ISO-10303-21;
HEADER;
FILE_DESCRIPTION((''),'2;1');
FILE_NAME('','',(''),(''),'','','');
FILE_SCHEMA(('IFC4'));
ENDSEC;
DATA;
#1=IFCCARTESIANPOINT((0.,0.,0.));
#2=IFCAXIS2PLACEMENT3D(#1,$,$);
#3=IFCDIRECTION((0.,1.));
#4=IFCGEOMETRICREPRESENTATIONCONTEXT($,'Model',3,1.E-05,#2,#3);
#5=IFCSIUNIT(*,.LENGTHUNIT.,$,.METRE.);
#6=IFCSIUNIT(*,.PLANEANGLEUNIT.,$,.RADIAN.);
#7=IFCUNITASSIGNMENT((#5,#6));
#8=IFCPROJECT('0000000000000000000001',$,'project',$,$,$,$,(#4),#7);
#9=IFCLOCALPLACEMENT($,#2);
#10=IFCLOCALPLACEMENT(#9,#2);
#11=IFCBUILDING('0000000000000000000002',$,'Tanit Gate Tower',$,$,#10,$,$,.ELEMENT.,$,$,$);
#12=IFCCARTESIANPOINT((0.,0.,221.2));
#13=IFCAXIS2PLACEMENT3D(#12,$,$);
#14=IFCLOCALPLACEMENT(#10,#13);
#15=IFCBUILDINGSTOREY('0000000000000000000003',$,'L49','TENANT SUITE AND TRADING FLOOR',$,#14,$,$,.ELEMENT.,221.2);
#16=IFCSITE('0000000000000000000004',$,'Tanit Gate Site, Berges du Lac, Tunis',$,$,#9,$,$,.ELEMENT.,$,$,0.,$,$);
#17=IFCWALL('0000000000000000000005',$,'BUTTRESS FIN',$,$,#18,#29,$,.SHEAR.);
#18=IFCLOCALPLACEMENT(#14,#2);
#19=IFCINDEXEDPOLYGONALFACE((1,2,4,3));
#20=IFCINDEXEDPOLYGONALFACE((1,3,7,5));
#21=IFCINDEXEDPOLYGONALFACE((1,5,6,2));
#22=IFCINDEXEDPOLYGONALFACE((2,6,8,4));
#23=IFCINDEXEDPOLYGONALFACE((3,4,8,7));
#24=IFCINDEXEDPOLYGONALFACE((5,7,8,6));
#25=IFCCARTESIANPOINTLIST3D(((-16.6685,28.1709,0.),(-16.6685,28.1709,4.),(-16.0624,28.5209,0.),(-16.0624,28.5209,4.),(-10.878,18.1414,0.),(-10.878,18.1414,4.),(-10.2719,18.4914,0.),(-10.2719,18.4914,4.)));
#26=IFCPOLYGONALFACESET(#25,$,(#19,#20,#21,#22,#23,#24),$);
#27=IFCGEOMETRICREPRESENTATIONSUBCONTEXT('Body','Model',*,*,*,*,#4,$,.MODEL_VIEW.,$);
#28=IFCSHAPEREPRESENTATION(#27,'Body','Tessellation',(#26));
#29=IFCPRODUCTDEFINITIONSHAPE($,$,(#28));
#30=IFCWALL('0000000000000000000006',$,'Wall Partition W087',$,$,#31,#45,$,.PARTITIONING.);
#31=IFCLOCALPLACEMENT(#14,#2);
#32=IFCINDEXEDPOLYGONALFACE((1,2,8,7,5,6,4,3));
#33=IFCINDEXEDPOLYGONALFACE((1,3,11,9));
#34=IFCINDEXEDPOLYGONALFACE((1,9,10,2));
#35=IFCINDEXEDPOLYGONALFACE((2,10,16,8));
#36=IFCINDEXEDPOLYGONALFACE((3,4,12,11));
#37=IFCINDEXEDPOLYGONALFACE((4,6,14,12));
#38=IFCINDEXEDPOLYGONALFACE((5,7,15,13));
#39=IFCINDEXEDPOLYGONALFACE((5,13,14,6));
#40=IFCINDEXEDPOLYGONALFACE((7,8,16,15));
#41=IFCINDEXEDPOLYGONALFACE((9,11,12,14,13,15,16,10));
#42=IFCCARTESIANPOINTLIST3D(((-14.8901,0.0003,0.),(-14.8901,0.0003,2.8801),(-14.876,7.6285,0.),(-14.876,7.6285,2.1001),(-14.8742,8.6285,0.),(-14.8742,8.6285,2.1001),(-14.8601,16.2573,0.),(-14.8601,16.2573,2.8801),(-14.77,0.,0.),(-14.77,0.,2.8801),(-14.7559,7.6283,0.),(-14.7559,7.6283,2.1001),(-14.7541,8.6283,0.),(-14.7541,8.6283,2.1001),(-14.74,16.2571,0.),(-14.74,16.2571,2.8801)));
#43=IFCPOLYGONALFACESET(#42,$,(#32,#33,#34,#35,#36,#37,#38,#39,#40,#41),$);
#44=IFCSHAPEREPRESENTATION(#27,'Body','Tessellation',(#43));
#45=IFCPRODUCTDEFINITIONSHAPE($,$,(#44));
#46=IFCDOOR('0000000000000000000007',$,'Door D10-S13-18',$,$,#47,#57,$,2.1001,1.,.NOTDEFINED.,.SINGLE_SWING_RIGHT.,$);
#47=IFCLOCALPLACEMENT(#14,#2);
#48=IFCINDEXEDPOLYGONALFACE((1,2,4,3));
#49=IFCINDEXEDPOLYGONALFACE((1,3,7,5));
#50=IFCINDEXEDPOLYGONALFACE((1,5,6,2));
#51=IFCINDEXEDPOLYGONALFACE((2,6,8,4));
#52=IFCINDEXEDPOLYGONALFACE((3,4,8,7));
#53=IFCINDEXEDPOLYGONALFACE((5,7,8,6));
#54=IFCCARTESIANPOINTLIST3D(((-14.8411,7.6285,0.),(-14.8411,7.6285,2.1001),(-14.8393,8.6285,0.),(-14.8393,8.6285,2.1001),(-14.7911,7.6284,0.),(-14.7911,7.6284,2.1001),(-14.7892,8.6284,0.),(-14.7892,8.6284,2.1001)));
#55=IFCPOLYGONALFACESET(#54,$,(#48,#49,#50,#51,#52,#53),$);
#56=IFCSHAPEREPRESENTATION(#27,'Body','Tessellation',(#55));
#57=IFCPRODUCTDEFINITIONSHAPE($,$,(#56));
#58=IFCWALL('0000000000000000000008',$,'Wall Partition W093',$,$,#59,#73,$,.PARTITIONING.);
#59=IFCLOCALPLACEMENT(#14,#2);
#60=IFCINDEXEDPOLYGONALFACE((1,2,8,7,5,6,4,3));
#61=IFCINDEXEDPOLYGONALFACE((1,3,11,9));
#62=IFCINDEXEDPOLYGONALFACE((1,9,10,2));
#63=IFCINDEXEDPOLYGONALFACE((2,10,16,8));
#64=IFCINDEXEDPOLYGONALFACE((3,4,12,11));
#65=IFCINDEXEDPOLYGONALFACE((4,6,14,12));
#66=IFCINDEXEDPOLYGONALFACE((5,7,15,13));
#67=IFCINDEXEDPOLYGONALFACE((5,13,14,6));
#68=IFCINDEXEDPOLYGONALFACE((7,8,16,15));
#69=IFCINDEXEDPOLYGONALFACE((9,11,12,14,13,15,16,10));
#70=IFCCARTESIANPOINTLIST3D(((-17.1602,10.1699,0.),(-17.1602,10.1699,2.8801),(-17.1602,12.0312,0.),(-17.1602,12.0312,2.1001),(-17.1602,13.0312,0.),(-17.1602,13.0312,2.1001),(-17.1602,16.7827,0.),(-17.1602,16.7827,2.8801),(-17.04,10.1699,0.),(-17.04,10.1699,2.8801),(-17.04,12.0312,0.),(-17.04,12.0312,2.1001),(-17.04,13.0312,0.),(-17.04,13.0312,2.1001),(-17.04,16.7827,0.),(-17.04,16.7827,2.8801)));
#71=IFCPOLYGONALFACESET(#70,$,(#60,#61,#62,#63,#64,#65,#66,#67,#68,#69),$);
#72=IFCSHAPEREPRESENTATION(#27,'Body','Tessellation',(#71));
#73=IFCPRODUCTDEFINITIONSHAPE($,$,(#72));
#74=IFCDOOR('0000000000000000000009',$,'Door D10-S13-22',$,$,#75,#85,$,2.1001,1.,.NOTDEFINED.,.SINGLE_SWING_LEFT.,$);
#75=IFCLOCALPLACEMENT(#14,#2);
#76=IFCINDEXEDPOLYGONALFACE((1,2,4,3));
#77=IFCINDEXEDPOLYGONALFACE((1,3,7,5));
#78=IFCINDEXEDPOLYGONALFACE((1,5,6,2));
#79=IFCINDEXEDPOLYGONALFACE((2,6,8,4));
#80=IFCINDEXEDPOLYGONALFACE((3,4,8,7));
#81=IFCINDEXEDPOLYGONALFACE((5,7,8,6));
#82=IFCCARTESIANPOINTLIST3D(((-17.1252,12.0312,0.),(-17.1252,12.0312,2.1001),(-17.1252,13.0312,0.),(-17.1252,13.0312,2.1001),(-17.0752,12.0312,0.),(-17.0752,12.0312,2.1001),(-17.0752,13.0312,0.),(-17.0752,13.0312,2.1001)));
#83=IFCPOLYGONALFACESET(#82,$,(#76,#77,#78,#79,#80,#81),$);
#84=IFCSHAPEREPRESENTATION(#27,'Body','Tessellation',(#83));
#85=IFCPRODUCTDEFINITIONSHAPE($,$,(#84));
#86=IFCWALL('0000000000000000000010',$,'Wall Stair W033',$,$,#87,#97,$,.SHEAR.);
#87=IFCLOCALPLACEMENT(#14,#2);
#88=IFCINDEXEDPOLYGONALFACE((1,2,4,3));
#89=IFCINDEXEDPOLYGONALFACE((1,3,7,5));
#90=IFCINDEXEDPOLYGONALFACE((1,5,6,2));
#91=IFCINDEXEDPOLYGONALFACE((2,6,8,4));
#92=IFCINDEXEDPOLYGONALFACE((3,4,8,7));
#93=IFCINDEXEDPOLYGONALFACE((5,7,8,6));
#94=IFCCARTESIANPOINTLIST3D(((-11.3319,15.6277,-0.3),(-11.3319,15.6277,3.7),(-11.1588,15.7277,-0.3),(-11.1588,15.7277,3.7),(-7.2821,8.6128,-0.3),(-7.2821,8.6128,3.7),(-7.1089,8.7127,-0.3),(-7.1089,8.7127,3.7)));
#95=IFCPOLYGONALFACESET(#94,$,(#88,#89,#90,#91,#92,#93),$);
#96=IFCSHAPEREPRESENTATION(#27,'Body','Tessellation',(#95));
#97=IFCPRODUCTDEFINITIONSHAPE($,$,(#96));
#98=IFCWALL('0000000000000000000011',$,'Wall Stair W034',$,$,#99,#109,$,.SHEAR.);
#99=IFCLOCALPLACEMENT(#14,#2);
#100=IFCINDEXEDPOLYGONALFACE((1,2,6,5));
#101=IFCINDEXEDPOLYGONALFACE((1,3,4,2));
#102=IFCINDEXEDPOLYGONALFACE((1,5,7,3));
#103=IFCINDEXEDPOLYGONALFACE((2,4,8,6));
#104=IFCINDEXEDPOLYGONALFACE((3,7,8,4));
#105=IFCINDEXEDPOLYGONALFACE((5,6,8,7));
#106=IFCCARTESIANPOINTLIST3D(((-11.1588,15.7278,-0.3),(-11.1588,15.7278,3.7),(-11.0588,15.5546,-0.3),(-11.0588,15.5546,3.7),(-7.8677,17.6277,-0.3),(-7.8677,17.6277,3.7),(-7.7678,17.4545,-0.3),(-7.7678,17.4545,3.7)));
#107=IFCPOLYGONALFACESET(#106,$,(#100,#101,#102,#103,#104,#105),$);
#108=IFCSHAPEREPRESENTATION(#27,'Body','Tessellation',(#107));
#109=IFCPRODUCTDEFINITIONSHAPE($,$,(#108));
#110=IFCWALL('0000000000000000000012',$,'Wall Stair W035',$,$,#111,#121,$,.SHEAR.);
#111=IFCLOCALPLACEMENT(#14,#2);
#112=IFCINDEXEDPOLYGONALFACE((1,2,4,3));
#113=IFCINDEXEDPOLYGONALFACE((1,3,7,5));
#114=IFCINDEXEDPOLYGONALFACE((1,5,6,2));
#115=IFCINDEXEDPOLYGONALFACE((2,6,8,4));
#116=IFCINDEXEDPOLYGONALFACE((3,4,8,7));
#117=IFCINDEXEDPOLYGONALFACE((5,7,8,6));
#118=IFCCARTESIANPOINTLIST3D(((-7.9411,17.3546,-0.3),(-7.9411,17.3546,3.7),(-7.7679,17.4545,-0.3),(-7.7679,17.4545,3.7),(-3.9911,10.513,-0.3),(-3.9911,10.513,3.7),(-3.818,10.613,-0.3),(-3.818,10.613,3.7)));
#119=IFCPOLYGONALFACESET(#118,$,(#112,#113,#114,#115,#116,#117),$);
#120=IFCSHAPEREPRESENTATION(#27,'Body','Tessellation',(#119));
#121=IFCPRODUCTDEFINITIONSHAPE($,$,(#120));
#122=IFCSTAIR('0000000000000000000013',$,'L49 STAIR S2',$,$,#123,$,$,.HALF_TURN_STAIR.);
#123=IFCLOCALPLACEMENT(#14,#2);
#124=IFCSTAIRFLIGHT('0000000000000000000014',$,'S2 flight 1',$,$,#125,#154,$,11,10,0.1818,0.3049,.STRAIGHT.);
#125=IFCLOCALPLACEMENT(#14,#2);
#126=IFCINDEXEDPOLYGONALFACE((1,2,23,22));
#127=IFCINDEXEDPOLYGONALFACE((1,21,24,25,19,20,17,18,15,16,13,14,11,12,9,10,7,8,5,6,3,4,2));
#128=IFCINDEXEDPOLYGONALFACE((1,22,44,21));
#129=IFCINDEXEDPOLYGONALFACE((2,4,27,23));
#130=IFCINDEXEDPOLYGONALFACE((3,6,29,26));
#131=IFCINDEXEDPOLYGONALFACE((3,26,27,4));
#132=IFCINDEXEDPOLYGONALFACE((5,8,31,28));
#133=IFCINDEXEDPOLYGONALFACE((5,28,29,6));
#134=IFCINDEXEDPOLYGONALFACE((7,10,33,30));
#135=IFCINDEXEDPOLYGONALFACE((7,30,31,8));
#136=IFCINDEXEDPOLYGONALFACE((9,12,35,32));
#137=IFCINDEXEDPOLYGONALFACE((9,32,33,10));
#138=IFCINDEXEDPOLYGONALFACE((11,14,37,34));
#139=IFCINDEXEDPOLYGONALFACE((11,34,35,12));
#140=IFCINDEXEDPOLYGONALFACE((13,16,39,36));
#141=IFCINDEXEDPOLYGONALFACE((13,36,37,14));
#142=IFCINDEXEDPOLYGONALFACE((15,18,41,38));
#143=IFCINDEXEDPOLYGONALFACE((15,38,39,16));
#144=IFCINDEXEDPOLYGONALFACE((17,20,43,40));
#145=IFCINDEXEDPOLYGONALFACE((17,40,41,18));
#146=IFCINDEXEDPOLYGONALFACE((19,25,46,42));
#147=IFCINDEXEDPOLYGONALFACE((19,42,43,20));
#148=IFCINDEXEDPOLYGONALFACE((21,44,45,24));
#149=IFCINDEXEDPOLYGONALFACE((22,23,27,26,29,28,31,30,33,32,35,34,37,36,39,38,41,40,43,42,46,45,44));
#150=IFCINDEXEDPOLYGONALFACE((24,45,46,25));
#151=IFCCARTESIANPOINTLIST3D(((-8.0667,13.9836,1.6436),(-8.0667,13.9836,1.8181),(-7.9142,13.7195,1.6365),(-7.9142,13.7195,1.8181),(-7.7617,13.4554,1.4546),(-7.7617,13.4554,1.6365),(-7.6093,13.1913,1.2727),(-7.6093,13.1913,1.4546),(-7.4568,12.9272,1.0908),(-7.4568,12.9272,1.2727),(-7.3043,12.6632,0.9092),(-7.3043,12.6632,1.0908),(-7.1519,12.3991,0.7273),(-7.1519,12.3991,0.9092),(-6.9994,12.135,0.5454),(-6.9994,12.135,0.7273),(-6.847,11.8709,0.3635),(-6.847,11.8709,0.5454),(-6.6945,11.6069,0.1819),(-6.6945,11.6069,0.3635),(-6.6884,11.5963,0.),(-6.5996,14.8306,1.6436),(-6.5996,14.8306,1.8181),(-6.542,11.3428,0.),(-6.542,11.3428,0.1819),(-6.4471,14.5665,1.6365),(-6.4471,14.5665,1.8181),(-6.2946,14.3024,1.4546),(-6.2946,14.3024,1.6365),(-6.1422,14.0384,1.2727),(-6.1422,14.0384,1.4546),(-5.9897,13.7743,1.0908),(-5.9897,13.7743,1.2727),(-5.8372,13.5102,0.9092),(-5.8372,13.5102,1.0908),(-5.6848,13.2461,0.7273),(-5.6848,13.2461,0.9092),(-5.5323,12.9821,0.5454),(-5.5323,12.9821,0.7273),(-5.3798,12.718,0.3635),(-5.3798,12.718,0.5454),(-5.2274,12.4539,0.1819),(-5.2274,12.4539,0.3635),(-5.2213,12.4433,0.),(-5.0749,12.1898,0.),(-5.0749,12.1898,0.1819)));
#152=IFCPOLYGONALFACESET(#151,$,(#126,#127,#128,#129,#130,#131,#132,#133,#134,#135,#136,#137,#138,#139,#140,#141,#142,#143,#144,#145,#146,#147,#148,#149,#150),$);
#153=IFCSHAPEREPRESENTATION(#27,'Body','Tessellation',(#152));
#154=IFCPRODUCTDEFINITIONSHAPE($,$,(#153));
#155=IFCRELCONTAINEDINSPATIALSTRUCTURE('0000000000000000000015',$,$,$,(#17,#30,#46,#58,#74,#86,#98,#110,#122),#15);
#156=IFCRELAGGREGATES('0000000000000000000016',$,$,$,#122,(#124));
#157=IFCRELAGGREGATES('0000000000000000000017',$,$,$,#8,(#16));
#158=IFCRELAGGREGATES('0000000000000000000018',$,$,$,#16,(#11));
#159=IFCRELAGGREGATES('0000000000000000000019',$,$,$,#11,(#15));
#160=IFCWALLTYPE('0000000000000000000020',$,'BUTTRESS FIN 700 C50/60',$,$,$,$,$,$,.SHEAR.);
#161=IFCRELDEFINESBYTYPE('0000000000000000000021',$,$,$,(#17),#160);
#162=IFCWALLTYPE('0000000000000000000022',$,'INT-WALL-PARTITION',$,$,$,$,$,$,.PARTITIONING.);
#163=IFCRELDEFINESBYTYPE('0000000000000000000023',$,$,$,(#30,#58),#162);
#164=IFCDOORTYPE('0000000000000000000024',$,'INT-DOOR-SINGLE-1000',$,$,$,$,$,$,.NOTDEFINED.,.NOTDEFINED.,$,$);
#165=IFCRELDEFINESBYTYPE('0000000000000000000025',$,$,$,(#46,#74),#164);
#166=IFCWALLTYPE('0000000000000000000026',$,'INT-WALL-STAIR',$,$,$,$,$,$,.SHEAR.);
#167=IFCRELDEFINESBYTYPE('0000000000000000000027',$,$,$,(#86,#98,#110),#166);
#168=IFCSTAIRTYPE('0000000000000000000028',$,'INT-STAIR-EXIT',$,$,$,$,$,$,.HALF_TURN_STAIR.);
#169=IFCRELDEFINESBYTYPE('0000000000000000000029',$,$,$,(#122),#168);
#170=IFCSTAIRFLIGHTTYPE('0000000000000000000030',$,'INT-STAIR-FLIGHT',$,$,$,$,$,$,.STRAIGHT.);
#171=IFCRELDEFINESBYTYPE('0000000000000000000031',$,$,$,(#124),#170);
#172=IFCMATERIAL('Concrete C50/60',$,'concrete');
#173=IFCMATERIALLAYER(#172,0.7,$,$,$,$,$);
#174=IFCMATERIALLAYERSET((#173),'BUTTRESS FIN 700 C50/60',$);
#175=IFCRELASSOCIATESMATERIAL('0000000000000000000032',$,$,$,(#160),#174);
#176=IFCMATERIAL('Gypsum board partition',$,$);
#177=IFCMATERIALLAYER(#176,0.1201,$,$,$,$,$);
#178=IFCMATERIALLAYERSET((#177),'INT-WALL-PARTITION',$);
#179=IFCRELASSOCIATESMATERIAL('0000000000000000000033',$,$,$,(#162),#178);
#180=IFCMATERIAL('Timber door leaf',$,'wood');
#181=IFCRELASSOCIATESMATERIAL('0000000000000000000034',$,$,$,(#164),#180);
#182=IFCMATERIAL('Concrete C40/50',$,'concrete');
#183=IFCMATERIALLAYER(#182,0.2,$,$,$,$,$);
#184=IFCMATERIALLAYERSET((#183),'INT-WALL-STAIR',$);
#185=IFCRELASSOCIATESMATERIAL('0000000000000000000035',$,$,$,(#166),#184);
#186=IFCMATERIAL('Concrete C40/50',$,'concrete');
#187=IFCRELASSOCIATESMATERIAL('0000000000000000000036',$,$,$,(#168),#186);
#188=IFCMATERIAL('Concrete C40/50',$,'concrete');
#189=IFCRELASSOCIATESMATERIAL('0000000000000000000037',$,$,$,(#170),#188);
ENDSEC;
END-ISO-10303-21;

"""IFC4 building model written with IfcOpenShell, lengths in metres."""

from ifc_helpers import new_model, si_unit, direction, frame, frame_2d, origin, place, context, subcontext, project, spatial, polyline, rectangle, outline, extrude, material, layer, layer_set, type_object, element, fill, aggregate, save


model = new_model("IFC4")

# Units and contexts
model_context = context("Model", 3, precision=1e-05, world=origin(), true_north=direction((0.0, 1.0)))
body_context = subcontext(model_context, "Body", "Model", "MODEL_VIEW")
ifc_project = project(units=[si_unit("LENGTHUNIT", "METRE"), si_unit("PLANEANGLEUNIT", "RADIAN")], contexts=[model_context])

# Site, building, storey
site_placement = place(None, origin())
site = spatial("IfcSite", under=ifc_project, at=site_placement, Name="Tanit Gate Site, Berges du Lac, Tunis", CompositionType="ELEMENT", RefElevation=0.0)
building_placement = place(site_placement, origin())
building = spatial("IfcBuilding", under=site, at=building_placement, Name="Tanit Gate Tower", CompositionType="ELEMENT")
storey_placement = place(building_placement, frame((0.0, 0.0, 221.2)))
storey = spatial("IfcBuildingStorey", under=building, at=storey_placement, Name="L49", Description="TENANT SUITE AND TRADING FLOOR", CompositionType="ELEMENT", Elevation=221.2)

# Wall
ifc_material_1 = material(Name="Concrete C50/60", Category="concrete")
ifc_layer_1 = layer(ifc_material_1, 0.7)
ifc_layer_set_1 = layer_set([ifc_layer_1], Name="BUTTRESS FIN 700 C50/60")
wall_type_1 = type_object("IfcWallType", Name="BUTTRESS FIN 700 C50/60", PredefinedType="SHEAR", material=ifc_layer_set_1)
wall_1_placement = place(storey_placement, frame((-10.575, 18.3164, 0.0), z_axis=(0.0, 0.0, 1.0), x_axis=(-0.499998, 0.866027, 0.0)))
element("IfcWall", 1, at=wall_1_placement, inside=storey, type_object=wall_type_1, Name="BUTTRESS FIN", PredefinedType="SHEAR", context=body_context, shape_type="SweptSolid", body=[
    extrude(rectangle(XDim=11.5811, YDim=0.7, at=frame_2d((5.7905, 0.0))), origin(), (0.0, 0.0, 1.0), 4.0),
])

# Walls, openings, doors
ifc_material_2 = material(Name="Gypsum board partition")
ifc_layer_2 = layer(ifc_material_2, 0.1201)
ifc_layer_set_2 = layer_set([ifc_layer_2], Name="INT-WALL-PARTITION")
wall_type_2 = type_object("IfcWallType", Name="INT-WALL-PARTITION", PredefinedType="PARTITIONING", material=ifc_layer_set_2)
wall_2_placement = place(storey_placement, frame((-14.8, 16.2571, 0.0), z_axis=(0.0, 0.0, 1.0), x_axis=(-0.001847, -0.999998, 0.0)))
wall_2 = element("IfcWall", 2, at=wall_2_placement, inside=storey, type_object=wall_type_2, Name="Wall Partition W087", PredefinedType="PARTITIONING", context=body_context, shape_type="SweptSolid", body=[
    extrude(rectangle(XDim=16.2571, YDim=0.1201, at=frame_2d((8.1284, 0.0))), origin(), (0.0, 0.0, 1.0), 2.8801),
])
opening_1_placement = place(wall_2_placement, frame((7.6287, 0.0, 0.0)))
opening_1 = element("IfcOpeningElement", 3, at=opening_1_placement, cuts=wall_2, PredefinedType="OPENING", context=body_context, shape_type="SweptSolid", body=[
    extrude(rectangle(XDim=1.0, YDim=2.1001, at=frame_2d((0.5, 1.05))), frame((0.0, 0.0701, 0.0), z_axis=(0.0, -1.0, 0.0), x_axis=(1.0, 0.0, 0.0)), (0.0, 0.0, 1.0), 0.1401),
])
ifc_material_3 = material(Name="Timber door leaf", Category="wood")
door_type_1 = type_object("IfcDoorType", Name="INT-DOOR-SINGLE-1000", OperationType="NOTDEFINED", PredefinedType="NOTDEFINED", material=ifc_material_3)
door_1_placement = place(opening_1_placement, origin())
door_1 = element("IfcDoor", 4, at=door_1_placement, inside=storey, type_object=door_type_1, Name="Door D10-S13-18", OperationType="SINGLE_SWING_RIGHT", OverallHeight=2.1001, OverallWidth=1.0, PredefinedType="NOTDEFINED", context=body_context, shape_type="SweptSolid", body=[
    extrude(rectangle(XDim=1.0, YDim=2.1001, at=frame_2d((0.5, 1.05))), frame((0.0, 0.0249, 0.0), z_axis=(0.0, -1.0, 0.0), x_axis=(1.0, 0.0, 0.0)), (0.0, 0.0, 1.0), 0.05),
])
fill(opening_1, door_1)
wall_3_placement = place(storey_placement, frame((-17.1001, 16.7827, 0.0), z_axis=(0.0, 0.0, 1.0), x_axis=(0.0, -1.0, 0.0)))
wall_3 = element("IfcWall", 5, at=wall_3_placement, inside=storey, type_object=wall_type_2, Name="Wall Partition W093", PredefinedType="PARTITIONING", context=body_context, shape_type="SweptSolid", body=[
    extrude(rectangle(XDim=6.6128, YDim=0.1201, at=frame_2d((3.3064, 0.0))), origin(), (0.0, 0.0, 1.0), 2.8801),
])
opening_2_placement = place(wall_3_placement, frame((3.7515, 0.0, 0.0)))
opening_2 = element("IfcOpeningElement", 6, at=opening_2_placement, cuts=wall_3, PredefinedType="OPENING", context=body_context, shape_type="SweptSolid", body=[
    extrude(rectangle(XDim=1.0, YDim=2.1001, at=frame_2d((0.5, 1.05))), frame((0.0, 0.0701, 0.0), z_axis=(0.0, -1.0, 0.0), x_axis=(1.0, 0.0, 0.0)), (0.0, 0.0, 1.0), 0.1401),
])
door_2_placement = place(opening_2_placement, origin())
door_2 = element("IfcDoor", 7, at=door_2_placement, inside=storey, type_object=door_type_1, Name="Door D10-S13-22", OperationType="SINGLE_SWING_LEFT", OverallHeight=2.1001, OverallWidth=1.0, PredefinedType="NOTDEFINED", context=body_context, shape_type="SweptSolid", body=[
    extrude(rectangle(XDim=1.0, YDim=2.1001, at=frame_2d((0.5, 1.05))), frame((0.0, 0.0249, 0.0), z_axis=(0.0, -1.0, 0.0), x_axis=(1.0, 0.0, 0.0)), (0.0, 0.0, 1.0), 0.05),
])
fill(opening_2, door_2)

# Walls
ifc_material_4 = material(Name="Concrete C40/50", Category="concrete")
ifc_layer_3 = layer(ifc_material_4, 0.2)
ifc_layer_set_3 = layer_set([ifc_layer_3], Name="INT-WALL-STAIR")
wall_type_3 = type_object("IfcWallType", Name="INT-WALL-STAIR", PredefinedType="SHEAR", material=ifc_layer_set_3)
wall_4_placement = place(storey_placement, frame((-11.2454, 15.6777, -0.3), z_axis=(0.0, 0.0, 1.0), x_axis=(0.499977, -0.866039, 0.0)))
element("IfcWall", 8, at=wall_4_placement, inside=storey, type_object=wall_type_3, Name="Wall Stair W033", PredefinedType="SHEAR", context=body_context, shape_type="SweptSolid", body=[
    extrude(rectangle(XDim=8.1001, YDim=0.2, at=frame_2d((4.05, 0.0))), origin(), (0.0, 0.0, 1.0), 4.0),
])
wall_5_placement = place(storey_placement, frame((-7.8179, 17.541, -0.3), z_axis=(0.0, 0.0, 1.0), x_axis=(-0.866044, -0.499967, 0.0)))
element("IfcWall", 9, at=wall_5_placement, inside=storey, type_object=wall_type_3, Name="Wall Stair W034", PredefinedType="SHEAR", context=body_context, shape_type="SweptSolid", body=[
    extrude(rectangle(XDim=3.8, YDim=0.2, at=frame_2d((1.8999, 0.0))), origin(), (0.0, 0.0, 1.0), 4.0),
])
wall_6_placement = place(storey_placement, frame((-7.8545, 17.4045, -0.3), z_axis=(0.0, 0.0, 1.0), x_axis=(0.499998, -0.866027, 0.0)))
element("IfcWall", 10, at=wall_6_placement, inside=storey, type_object=wall_type_3, Name="Wall Stair W035", PredefinedType="SHEAR", context=body_context, shape_type="SweptSolid", body=[
    extrude(rectangle(XDim=7.8999, YDim=0.2, at=frame_2d((3.95, 0.0))), origin(), (0.0, 0.0, 1.0), 4.0),
])

# Stair, stair flight
ifc_material_5 = material(Name="Concrete C40/50", Category="concrete")
stair_type = type_object("IfcStairType", Name="INT-STAIR-EXIT", PredefinedType="HALF_TURN_STAIR", material=ifc_material_5)
stair_placement = place(storey_placement, origin())
stair = element("IfcStair", 11, at=stair_placement, inside=storey, type_object=stair_type, Name="L49 STAIR S2", PredefinedType="HALF_TURN_STAIR")
ifc_material_6 = material(Name="Concrete C40/50", Category="concrete")
stair_flight_type = type_object("IfcStairFlightType", Name="INT-STAIR-FLIGHT", PredefinedType="STRAIGHT", material=ifc_material_6)
stair_flight_1_placement = place(storey_placement, frame((-5.8083, 11.7664, 0.0), z_axis=(0.0, 0.0, 1.0), x_axis=(-0.5, 0.866025, 0.0)))
stair_flight_1 = element("IfcStairFlight", 12, at=stair_flight_1_placement, type_object=stair_flight_type, Name="S2 flight 1", NumberOfRisers=11, NumberOfTreads=10, PredefinedType="STRAIGHT", RiserHeight=0.1818, TreadLength=0.3049, context=body_context, shape_type="SweptSolid", body=[
    extrude(outline(polyline([(0.0, 0.0), (0.0, 0.1819), (0.3049, 0.1819), (0.3049, 0.3635), (0.6099, 0.3635), (0.6099, 0.5454), (0.9148, 0.5454), (0.9148, 0.7273), (1.2197, 0.7273), (1.2197, 0.9092), (1.5247, 0.9092), (1.5247, 1.0908), (1.8296, 1.0908), (1.8296, 1.2727), (2.1345, 1.2727), (2.1345, 1.4546), (2.4395, 1.4546), (2.4395, 1.6365), (2.7444, 1.6365), (2.7444, 1.8181), (3.0493, 1.8181), (3.0493, 2.0), (3.0493, 1.6436), (0.2927, 0.0), (0.0, 0.0)])), frame((0.0, 0.8472, 0.0), z_axis=(0.0, -1.0, 0.0), x_axis=(1.0, 0.0, 0.0)), (0.0, 0.0, 1.0), 1.6941),
])
aggregate(stair, [stair_flight_1])

save(model, "model.ifc")
